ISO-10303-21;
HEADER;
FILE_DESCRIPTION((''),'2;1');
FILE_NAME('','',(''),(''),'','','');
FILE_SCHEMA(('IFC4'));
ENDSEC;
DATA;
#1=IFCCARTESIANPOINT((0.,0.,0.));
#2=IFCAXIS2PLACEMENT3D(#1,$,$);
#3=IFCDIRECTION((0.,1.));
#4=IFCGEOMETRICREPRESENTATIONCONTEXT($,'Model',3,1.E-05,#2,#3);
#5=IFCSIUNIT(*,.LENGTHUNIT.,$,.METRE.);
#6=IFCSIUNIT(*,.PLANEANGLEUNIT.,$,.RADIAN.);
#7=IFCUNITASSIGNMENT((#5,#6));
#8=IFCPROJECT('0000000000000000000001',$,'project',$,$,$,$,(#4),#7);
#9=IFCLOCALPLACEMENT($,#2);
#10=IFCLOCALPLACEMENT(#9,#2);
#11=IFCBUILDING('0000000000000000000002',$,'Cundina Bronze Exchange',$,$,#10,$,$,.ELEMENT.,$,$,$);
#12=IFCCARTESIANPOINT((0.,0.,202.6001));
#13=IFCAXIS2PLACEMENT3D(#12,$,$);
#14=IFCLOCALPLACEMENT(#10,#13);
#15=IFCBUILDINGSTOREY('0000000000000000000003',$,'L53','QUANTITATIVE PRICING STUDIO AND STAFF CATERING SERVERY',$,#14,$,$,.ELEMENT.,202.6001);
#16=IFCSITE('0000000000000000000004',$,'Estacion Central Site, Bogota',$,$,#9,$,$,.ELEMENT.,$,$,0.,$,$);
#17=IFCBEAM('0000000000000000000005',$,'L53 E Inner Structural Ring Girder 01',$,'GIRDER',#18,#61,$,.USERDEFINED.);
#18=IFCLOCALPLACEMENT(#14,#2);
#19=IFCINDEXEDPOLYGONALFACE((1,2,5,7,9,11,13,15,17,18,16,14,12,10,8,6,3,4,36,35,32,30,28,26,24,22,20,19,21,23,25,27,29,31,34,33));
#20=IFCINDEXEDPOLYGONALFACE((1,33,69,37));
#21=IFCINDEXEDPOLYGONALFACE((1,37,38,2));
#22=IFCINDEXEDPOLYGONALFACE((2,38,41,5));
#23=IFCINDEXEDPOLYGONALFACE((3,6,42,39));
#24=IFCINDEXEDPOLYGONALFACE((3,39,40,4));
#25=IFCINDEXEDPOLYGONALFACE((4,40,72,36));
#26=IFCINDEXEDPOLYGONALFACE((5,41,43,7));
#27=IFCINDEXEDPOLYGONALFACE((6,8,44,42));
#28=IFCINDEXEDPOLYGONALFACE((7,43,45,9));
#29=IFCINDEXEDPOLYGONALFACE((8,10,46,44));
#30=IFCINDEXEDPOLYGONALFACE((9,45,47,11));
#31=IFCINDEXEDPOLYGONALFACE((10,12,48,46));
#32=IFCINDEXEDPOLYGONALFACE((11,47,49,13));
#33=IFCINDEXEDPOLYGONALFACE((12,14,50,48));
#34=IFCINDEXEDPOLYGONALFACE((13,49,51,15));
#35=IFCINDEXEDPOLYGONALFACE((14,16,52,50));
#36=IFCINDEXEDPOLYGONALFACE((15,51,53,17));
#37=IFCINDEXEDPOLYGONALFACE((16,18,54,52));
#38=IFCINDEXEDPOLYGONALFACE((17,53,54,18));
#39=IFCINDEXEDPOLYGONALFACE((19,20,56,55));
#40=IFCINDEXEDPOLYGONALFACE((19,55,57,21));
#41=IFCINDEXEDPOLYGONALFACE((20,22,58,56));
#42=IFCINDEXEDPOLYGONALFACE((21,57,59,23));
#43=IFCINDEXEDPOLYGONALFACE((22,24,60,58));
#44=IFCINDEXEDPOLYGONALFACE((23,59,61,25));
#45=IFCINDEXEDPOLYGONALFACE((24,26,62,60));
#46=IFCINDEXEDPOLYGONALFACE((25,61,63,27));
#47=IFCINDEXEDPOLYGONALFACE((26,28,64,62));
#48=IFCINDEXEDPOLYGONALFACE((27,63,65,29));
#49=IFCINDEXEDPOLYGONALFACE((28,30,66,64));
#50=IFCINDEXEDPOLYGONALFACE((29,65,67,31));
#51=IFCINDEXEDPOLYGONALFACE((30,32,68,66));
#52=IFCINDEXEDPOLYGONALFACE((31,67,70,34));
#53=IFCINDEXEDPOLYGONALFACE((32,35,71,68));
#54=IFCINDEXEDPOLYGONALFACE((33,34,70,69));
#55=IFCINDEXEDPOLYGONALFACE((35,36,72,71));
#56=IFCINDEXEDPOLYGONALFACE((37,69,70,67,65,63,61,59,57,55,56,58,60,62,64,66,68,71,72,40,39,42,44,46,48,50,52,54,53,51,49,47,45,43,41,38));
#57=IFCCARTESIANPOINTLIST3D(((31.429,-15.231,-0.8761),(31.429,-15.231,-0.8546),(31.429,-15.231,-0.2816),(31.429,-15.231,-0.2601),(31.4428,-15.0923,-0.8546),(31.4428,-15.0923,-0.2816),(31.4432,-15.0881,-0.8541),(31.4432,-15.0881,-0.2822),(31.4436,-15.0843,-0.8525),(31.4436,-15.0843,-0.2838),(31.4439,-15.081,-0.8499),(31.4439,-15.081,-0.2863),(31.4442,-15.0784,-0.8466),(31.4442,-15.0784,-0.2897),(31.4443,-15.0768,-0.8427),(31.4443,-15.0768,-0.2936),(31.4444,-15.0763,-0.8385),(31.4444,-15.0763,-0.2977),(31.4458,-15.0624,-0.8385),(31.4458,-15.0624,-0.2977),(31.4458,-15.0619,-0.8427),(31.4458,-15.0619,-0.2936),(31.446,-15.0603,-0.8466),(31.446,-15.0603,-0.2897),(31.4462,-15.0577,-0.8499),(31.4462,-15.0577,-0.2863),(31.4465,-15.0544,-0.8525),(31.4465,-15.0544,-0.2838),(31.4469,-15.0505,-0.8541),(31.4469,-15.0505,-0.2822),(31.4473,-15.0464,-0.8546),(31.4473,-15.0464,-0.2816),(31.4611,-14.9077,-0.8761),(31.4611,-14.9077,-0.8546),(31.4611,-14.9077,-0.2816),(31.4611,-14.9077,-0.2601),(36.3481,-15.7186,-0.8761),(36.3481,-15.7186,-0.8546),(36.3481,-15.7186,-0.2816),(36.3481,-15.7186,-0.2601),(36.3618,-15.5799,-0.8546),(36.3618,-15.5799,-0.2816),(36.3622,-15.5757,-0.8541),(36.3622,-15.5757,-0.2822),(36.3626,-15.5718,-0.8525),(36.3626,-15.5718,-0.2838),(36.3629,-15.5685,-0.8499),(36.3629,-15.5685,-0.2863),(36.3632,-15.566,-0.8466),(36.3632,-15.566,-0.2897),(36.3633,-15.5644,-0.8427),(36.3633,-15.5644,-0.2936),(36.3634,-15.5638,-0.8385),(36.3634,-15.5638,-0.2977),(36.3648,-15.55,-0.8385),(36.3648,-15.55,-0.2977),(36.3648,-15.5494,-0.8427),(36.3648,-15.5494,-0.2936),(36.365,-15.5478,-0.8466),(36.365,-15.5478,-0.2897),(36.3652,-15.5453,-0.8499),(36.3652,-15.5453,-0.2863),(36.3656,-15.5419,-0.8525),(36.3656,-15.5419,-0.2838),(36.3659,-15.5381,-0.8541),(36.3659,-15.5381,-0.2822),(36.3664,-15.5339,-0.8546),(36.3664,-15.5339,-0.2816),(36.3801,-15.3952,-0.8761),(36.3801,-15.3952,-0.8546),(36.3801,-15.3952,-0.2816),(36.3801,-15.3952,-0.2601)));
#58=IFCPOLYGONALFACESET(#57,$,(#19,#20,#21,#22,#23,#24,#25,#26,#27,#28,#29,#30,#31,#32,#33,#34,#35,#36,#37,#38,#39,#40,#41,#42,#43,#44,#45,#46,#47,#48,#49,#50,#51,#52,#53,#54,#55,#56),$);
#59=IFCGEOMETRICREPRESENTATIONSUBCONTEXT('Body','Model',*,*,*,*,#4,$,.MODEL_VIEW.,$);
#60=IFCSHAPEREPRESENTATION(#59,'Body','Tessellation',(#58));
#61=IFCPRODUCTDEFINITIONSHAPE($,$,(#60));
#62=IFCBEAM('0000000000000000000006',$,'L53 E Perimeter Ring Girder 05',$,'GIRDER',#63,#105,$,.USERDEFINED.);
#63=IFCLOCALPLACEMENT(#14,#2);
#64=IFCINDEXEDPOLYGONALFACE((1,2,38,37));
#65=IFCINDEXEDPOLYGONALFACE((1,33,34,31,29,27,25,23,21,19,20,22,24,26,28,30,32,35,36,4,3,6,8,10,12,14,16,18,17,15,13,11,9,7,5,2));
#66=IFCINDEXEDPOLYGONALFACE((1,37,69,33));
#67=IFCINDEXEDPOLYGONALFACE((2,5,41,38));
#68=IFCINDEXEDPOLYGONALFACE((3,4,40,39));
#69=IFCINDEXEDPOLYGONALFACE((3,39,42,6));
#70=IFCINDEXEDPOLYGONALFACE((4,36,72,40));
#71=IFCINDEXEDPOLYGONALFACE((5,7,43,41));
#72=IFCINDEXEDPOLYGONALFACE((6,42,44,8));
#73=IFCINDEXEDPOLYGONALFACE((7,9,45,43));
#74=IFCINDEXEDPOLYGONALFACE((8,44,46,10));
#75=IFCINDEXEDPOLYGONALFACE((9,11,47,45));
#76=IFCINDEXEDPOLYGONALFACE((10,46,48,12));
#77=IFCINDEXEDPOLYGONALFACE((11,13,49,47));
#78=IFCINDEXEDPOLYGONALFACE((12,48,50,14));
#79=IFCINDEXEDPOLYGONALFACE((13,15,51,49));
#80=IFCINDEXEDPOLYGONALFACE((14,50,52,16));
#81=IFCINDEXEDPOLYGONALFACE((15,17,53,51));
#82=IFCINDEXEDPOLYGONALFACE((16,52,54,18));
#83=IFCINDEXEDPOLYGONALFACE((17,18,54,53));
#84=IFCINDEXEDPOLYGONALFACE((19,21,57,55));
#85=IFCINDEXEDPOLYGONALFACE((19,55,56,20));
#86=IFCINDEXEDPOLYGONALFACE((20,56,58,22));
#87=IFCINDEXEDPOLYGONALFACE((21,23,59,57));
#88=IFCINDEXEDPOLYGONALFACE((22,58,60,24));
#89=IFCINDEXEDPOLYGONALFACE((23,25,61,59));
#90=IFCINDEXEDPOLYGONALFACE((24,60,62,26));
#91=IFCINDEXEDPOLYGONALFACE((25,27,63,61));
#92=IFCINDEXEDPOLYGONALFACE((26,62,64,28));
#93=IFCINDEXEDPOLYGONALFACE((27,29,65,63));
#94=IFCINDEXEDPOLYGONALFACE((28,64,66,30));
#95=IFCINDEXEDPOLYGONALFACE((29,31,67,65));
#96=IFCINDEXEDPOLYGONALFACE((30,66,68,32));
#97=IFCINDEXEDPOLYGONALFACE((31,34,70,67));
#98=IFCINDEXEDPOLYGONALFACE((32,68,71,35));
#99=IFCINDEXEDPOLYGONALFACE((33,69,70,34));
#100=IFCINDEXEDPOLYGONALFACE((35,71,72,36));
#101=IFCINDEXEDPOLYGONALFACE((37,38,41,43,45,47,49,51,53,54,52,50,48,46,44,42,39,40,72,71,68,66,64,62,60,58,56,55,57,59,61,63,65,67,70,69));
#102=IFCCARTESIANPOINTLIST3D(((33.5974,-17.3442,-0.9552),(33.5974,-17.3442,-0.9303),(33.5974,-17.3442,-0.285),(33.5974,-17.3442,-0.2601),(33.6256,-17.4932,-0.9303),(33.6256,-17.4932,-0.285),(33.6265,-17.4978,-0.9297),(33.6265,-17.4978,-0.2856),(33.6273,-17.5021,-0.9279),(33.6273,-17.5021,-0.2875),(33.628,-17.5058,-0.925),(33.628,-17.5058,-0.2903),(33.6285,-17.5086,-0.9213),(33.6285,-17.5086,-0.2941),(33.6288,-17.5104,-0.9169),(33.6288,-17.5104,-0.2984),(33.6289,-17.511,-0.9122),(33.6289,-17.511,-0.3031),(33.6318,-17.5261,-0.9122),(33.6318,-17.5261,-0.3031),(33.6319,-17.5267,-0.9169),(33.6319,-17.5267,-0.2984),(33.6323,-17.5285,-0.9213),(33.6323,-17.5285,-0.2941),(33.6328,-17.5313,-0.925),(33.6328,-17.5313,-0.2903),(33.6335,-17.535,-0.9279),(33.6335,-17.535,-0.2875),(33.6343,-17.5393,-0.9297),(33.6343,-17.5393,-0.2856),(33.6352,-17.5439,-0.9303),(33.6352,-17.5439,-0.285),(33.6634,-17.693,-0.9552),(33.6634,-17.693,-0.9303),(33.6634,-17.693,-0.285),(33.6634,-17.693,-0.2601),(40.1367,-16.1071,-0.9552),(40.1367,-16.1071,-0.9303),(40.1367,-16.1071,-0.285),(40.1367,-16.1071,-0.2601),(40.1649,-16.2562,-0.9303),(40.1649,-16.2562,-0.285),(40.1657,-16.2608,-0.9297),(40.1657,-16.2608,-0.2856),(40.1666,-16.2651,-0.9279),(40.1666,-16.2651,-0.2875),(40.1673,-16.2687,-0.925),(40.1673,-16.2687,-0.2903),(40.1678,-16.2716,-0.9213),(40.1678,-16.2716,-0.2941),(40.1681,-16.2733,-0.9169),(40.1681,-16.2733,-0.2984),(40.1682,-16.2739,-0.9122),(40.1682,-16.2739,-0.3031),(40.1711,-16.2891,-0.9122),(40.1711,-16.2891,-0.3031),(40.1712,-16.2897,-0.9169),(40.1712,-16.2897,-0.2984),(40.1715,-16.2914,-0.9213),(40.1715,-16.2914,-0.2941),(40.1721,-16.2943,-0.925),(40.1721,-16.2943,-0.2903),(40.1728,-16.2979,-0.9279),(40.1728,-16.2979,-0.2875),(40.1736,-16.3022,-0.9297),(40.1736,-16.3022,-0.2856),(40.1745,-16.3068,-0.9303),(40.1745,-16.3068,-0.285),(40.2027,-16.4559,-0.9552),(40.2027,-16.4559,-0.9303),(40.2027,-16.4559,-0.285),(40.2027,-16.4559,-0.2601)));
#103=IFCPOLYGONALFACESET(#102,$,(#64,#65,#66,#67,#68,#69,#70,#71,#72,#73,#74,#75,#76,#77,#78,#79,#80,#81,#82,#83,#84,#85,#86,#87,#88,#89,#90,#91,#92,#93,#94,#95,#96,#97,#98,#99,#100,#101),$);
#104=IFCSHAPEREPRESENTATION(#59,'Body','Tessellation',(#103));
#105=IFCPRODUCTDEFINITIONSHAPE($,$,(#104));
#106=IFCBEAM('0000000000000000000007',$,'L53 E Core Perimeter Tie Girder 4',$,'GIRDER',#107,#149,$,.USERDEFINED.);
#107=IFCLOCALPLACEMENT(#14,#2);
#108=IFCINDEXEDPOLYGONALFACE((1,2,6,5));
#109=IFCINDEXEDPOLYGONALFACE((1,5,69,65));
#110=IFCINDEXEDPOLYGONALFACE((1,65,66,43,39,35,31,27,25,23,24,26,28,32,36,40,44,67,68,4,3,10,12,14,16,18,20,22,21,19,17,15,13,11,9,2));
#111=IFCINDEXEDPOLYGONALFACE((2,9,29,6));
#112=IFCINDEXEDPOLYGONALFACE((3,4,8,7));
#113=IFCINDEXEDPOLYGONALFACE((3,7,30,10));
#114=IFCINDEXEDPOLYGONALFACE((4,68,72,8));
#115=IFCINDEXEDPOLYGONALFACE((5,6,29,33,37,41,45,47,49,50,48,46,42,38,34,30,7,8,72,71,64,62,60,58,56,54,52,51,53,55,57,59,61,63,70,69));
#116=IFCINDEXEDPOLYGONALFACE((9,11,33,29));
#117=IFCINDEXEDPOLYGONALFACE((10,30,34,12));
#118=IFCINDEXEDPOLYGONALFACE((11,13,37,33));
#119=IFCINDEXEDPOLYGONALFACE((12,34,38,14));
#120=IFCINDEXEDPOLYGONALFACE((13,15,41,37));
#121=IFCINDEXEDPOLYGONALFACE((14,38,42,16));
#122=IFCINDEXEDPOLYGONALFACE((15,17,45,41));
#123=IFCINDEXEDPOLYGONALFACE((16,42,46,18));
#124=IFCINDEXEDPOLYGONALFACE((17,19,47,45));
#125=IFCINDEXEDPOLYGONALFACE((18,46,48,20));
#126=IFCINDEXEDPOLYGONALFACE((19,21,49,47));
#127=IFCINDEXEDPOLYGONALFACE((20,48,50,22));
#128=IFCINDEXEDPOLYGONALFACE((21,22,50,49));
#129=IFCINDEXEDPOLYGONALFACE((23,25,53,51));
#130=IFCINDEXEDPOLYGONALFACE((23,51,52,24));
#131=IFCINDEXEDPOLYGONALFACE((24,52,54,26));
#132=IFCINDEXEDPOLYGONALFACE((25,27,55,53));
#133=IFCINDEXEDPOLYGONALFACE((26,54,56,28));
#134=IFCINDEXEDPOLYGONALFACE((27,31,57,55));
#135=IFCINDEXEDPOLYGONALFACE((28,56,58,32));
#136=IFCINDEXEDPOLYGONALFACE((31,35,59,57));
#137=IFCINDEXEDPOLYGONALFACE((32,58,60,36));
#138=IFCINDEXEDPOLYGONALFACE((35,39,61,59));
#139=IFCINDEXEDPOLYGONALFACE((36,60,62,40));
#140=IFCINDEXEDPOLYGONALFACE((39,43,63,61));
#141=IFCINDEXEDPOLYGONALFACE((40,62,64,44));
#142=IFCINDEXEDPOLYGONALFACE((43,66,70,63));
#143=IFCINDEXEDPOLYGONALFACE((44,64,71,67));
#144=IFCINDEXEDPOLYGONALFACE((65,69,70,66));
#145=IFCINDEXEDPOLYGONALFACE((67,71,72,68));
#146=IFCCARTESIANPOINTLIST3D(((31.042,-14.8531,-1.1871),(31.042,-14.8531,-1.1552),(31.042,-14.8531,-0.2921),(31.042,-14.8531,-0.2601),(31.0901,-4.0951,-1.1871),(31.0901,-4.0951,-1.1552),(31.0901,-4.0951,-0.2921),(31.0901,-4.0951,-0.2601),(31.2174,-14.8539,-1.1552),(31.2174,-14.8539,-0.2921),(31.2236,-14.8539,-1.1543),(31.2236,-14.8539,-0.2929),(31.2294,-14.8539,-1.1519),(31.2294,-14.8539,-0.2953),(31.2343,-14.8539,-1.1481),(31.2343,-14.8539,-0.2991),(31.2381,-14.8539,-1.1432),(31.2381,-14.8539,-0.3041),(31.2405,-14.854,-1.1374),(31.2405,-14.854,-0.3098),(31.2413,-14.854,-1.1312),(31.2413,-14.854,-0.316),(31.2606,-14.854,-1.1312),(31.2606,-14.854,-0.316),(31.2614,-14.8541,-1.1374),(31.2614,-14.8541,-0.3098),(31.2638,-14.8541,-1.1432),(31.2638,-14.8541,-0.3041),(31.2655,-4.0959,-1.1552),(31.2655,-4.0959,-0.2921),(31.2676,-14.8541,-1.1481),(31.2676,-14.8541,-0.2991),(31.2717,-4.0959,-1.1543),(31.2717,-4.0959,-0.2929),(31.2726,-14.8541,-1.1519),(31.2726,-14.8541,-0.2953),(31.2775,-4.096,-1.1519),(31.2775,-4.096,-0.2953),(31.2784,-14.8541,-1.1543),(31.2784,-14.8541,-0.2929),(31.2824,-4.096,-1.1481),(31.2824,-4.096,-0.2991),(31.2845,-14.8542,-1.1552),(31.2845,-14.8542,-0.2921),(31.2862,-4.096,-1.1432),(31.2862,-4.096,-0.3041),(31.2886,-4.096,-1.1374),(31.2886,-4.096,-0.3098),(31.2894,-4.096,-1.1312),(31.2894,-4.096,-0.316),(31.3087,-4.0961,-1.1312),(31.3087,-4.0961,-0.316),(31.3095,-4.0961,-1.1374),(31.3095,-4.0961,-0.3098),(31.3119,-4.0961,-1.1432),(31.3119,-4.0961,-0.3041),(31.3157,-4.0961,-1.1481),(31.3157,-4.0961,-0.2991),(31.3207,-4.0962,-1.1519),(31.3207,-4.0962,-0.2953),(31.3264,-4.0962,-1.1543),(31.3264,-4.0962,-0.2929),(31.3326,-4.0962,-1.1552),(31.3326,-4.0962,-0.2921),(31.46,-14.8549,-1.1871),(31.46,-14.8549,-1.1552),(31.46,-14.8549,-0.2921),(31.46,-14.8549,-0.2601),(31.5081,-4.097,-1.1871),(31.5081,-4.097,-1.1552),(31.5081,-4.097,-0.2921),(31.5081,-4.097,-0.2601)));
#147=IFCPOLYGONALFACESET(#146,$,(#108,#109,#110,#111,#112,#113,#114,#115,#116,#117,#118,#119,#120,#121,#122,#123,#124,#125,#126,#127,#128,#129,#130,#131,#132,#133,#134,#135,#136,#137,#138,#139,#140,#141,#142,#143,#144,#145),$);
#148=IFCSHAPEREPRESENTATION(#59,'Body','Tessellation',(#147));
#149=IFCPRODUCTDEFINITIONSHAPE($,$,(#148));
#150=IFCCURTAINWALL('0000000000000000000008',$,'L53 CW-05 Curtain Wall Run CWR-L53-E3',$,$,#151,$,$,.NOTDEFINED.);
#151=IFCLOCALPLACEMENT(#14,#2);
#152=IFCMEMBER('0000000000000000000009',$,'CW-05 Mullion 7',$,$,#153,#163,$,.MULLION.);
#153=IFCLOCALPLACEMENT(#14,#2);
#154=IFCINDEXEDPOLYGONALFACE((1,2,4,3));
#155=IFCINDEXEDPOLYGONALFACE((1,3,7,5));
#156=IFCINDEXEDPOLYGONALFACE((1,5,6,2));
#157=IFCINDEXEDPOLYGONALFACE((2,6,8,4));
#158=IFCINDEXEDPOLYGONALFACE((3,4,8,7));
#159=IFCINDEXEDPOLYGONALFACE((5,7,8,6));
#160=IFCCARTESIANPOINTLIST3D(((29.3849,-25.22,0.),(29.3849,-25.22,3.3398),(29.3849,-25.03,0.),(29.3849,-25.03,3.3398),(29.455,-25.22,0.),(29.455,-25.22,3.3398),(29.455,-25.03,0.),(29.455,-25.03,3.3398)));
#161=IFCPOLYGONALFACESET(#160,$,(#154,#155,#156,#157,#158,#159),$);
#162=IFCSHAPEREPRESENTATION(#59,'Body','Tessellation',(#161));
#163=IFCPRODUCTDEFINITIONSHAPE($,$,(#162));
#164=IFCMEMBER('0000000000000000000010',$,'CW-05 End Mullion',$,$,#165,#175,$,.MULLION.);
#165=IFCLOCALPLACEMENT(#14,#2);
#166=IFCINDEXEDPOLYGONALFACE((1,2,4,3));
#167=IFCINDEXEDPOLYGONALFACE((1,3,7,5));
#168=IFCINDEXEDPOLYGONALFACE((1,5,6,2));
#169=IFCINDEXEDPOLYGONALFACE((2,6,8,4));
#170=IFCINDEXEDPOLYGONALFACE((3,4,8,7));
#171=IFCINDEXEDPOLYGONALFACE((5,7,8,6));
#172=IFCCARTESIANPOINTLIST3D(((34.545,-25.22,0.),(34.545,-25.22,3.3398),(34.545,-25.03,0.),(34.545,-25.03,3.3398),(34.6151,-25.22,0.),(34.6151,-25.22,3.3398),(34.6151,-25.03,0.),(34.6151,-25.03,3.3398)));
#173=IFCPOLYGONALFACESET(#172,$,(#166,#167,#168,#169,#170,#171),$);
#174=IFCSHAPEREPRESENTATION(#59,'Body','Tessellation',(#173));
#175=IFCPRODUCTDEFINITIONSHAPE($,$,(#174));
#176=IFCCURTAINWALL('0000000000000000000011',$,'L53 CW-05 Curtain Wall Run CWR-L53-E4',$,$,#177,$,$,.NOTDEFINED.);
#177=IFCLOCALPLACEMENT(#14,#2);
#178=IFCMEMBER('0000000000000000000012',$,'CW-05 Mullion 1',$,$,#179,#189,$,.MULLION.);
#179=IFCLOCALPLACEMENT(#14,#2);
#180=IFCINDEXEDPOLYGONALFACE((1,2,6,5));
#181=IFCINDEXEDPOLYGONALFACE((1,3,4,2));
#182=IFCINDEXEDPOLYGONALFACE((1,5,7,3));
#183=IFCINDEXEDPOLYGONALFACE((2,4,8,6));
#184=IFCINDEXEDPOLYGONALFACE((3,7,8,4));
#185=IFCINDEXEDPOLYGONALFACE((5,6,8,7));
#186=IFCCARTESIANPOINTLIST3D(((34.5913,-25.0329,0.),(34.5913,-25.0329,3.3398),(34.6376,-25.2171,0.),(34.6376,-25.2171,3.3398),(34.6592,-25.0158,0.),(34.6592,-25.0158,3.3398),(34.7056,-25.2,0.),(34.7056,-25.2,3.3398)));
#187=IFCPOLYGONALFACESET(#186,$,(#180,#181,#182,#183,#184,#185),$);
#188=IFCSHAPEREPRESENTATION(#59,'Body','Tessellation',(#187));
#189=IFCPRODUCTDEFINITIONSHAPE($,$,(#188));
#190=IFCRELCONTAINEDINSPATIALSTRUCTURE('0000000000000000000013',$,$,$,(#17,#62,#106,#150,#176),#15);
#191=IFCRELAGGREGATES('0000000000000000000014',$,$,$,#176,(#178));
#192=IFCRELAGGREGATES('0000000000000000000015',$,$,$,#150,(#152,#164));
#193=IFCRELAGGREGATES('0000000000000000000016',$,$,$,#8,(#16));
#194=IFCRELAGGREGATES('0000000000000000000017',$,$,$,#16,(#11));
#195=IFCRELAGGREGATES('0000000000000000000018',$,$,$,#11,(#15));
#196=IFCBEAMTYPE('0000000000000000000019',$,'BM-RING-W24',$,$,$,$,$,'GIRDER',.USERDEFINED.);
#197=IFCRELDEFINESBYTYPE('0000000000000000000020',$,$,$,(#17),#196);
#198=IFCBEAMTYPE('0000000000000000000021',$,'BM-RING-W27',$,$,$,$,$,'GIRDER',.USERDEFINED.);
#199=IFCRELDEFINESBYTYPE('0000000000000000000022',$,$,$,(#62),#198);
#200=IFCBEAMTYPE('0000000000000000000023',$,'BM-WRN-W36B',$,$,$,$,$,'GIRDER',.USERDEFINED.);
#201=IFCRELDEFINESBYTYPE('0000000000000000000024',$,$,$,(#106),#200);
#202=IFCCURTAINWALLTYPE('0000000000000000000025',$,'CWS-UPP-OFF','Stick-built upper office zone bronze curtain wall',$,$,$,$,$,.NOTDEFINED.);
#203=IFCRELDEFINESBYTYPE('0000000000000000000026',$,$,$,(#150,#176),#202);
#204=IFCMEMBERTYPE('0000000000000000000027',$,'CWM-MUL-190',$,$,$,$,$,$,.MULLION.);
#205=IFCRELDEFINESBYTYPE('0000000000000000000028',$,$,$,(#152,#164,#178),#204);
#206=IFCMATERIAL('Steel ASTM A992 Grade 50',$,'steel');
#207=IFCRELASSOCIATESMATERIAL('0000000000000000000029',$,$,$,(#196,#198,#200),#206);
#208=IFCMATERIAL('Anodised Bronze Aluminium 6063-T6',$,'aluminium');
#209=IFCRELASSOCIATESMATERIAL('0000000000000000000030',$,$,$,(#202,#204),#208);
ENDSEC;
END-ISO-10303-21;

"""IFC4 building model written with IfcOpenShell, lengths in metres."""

from ifc_helpers import new_model, si_unit, direction, frame, origin, origin_2d, place, context, subcontext, project, spatial, rectangle, i_section, extrude, material, material_profile, profile_set, type_object, element, aggregate, save


model = new_model("IFC4")

# Units and contexts
model_context = context("Model", 3, precision=1e-05, world=origin(), true_north=direction((0.0, 1.0)))
body_context = subcontext(model_context, "Body", "Model", "MODEL_VIEW")
ifc_project = project(units=[si_unit("LENGTHUNIT", "METRE"), si_unit("PLANEANGLEUNIT", "RADIAN")], contexts=[model_context])

# Site, building, storey
site_placement = place(None, origin())
site = spatial("IfcSite", under=ifc_project, at=site_placement, Name="Estacion Central Site, Bogota", CompositionType="ELEMENT", RefElevation=0.0)
building_placement = place(site_placement, origin())
building = spatial("IfcBuilding", under=site, at=building_placement, Name="Cundina Bronze Exchange", CompositionType="ELEMENT")
storey_placement = place(building_placement, frame((0.0, 0.0, 202.6001)))
storey = spatial("IfcBuildingStorey", under=building, at=storey_placement, Name="L53", Description="QUANTITATIVE PRICING STUDIO AND STAFF CATERING SERVERY", CompositionType="ELEMENT", Elevation=202.6001)

# Shared definitions
ifc_material_1 = material(Name="Steel ASTM A992 Grade 50", Category="steel")

# Beams
ifc_material_profile_1 = material_profile(ifc_material_1, i_section(OverallWidth=0.325, OverallDepth=0.616, WebThickness=0.0139, FlangeThickness=0.0215, FilletRadius=0.0161, at=origin_2d()), Name="W24X117", Category="steel")
ifc_profile_set_1 = profile_set([ifc_material_profile_1], Name="Steel ASTM A992 Grade 50")
beam_type_1 = type_object("IfcBeamType", Name="BM-RING-W24", ElementType="GIRDER", PredefinedType="USERDEFINED", material=ifc_profile_set_1)
beam_1_placement = place(storey_placement, frame((31.4451, -15.0693, -0.5681), z_axis=(0.995124, -0.098633, 0.0), x_axis=(0.098633, 0.995124, 0.0)))
element("IfcBeam", 1, at=beam_1_placement, inside=storey, type_object=beam_type_1, Name="L53 E Inner Structural Ring Girder 01", ObjectType="GIRDER", PredefinedType="USERDEFINED", context=body_context, shape_type="SweptSolid", body=[
    extrude(i_section(OverallWidth=0.325, OverallDepth=0.616, WebThickness=0.0139, FlangeThickness=0.0215, FilletRadius=0.0161, at=origin_2d()), origin(), (0.0, 0.0, 1.0), 4.9431),
])
ifc_material_profile_2 = material_profile(ifc_material_1, i_section(OverallWidth=0.355, OverallDepth=0.6951, WebThickness=0.0154, FlangeThickness=0.0249, FilletRadius=0.0181, at=origin_2d()), Name="W27X146", Category="steel")
ifc_profile_set_2 = profile_set([ifc_material_profile_2], Name="Steel ASTM A992 Grade 50")
beam_type_2 = type_object("IfcBeamType", Name="BM-RING-W27", ElementType="GIRDER", PredefinedType="USERDEFINED", material=ifc_profile_set_2)
beam_2_placement = place(storey_placement, frame((33.6304, -17.5186, -0.6077), z_axis=(0.982573, 0.185876, 0.0), x_axis=(-0.185876, 0.982573, 0.0)))
element("IfcBeam", 2, at=beam_2_placement, inside=storey, type_object=beam_type_2, Name="L53 E Perimeter Ring Girder 05", ObjectType="GIRDER", PredefinedType="USERDEFINED", context=body_context, shape_type="SweptSolid", body=[
    extrude(i_section(OverallWidth=0.355, OverallDepth=0.6951, WebThickness=0.0154, FlangeThickness=0.0249, FilletRadius=0.0181, at=origin_2d()), origin(), (0.0, 0.0, 1.0), 6.6553),
])
ifc_material_profile_3 = material_profile(ifc_material_1, i_section(OverallWidth=0.418, OverallDepth=0.927, WebThickness=0.0193, FlangeThickness=0.032, FilletRadius=0.0239, at=origin_2d()), Name="W36X231", Category="steel")
ifc_profile_set_3 = profile_set([ifc_material_profile_3], Name="Steel ASTM A992 Grade 50")
beam_type_3 = type_object("IfcBeamType", Name="BM-WRN-W36B", ElementType="GIRDER", PredefinedType="USERDEFINED", material=ifc_profile_set_3)
beam_3_placement = place(storey_placement, frame((31.251, -14.854, -0.7236), z_axis=(0.004471, 0.99999, 0.0), x_axis=(-0.99999, 0.004471, 0.0)))
element("IfcBeam", 3, at=beam_3_placement, inside=storey, type_object=beam_type_3, Name="L53 E Core Perimeter Tie Girder 4", ObjectType="GIRDER", PredefinedType="USERDEFINED", context=body_context, shape_type="SweptSolid", body=[
    extrude(i_section(OverallWidth=0.418, OverallDepth=0.927, WebThickness=0.0193, FlangeThickness=0.032, FilletRadius=0.0239, at=origin_2d()), origin(), (0.0, 0.0, 1.0), 10.7581),
])

# Curtain wall, members
ifc_material_2 = material(Name="Anodised Bronze Aluminium 6063-T6", Category="aluminium")
curtain_wall_type = type_object("IfcCurtainWallType", Name="CWS-UPP-OFF", Description="Stick-built upper office zone bronze curtain wall", PredefinedType="NOTDEFINED", material=ifc_material_2)
curtain_wall_1_placement = place(storey_placement, origin())
curtain_wall_1 = element("IfcCurtainWall", 4, at=curtain_wall_1_placement, inside=storey, type_object=curtain_wall_type, Name="L53 CW-05 Curtain Wall Run CWR-L53-E3", PredefinedType="NOTDEFINED")
ifc_material_profile_4 = material_profile(ifc_material_2, rectangle(XDim=0.0701, YDim=0.1899, at=origin_2d()), Name="AL70X190", Category="aluminium")
ifc_profile_set_4 = profile_set([ifc_material_profile_4], Name="Anodised Bronze Aluminium 6063-T6")
member_type_1 = type_object("IfcMemberType", Name="CWM-MUL-190", PredefinedType="MULLION", material=ifc_profile_set_4)
member_1_placement = place(storey_placement, frame((29.4199, -25.125, 0.0), z_axis=(0.0, 0.0, 1.0), x_axis=(1.0, 0.0, 0.0)))
member_1 = element("IfcMember", 5, at=member_1_placement, type_object=member_type_1, Name="CW-05 Mullion 7", PredefinedType="MULLION", context=body_context, shape_type="SweptSolid", body=[
    extrude(rectangle(XDim=0.0701, YDim=0.1899, at=origin_2d()), origin(), (0.0, 0.0, 1.0), 3.3398),
])
member_2_placement = place(storey_placement, frame((34.5801, -25.125, 0.0), z_axis=(0.0, 0.0, 1.0), x_axis=(1.0, 0.0, 0.0)))
member_2 = element("IfcMember", 6, at=member_2_placement, type_object=member_type_1, Name="CW-05 End Mullion", PredefinedType="MULLION", context=body_context, shape_type="SweptSolid", body=[
    extrude(rectangle(XDim=0.0701, YDim=0.1899, at=origin_2d()), origin(), (0.0, 0.0, 1.0), 3.3398),
])

# Curtain wall, member
curtain_wall_2_placement = place(storey_placement, origin())
curtain_wall_2 = element("IfcCurtainWall", 7, at=curtain_wall_2_placement, inside=storey, type_object=curtain_wall_type, Name="L53 CW-05 Curtain Wall Run CWR-L53-E4", PredefinedType="NOTDEFINED")
member_3_placement = place(storey_placement, frame((34.6484, -25.1165, 0.0), z_axis=(0.0, 0.0, 1.0), x_axis=(0.969744, 0.244123, 0.0)))
member_3 = element("IfcMember", 8, at=member_3_placement, type_object=member_type_1, Name="CW-05 Mullion 1", PredefinedType="MULLION", context=body_context, shape_type="SweptSolid", body=[
    extrude(rectangle(XDim=0.0701, YDim=0.1899, at=origin_2d()), origin(), (0.0, 0.0, 1.0), 3.3398),
])

aggregate(curtain_wall_2, [member_3])

aggregate(curtain_wall_1, [member_1, member_2])

save(model, "model.ifc")
